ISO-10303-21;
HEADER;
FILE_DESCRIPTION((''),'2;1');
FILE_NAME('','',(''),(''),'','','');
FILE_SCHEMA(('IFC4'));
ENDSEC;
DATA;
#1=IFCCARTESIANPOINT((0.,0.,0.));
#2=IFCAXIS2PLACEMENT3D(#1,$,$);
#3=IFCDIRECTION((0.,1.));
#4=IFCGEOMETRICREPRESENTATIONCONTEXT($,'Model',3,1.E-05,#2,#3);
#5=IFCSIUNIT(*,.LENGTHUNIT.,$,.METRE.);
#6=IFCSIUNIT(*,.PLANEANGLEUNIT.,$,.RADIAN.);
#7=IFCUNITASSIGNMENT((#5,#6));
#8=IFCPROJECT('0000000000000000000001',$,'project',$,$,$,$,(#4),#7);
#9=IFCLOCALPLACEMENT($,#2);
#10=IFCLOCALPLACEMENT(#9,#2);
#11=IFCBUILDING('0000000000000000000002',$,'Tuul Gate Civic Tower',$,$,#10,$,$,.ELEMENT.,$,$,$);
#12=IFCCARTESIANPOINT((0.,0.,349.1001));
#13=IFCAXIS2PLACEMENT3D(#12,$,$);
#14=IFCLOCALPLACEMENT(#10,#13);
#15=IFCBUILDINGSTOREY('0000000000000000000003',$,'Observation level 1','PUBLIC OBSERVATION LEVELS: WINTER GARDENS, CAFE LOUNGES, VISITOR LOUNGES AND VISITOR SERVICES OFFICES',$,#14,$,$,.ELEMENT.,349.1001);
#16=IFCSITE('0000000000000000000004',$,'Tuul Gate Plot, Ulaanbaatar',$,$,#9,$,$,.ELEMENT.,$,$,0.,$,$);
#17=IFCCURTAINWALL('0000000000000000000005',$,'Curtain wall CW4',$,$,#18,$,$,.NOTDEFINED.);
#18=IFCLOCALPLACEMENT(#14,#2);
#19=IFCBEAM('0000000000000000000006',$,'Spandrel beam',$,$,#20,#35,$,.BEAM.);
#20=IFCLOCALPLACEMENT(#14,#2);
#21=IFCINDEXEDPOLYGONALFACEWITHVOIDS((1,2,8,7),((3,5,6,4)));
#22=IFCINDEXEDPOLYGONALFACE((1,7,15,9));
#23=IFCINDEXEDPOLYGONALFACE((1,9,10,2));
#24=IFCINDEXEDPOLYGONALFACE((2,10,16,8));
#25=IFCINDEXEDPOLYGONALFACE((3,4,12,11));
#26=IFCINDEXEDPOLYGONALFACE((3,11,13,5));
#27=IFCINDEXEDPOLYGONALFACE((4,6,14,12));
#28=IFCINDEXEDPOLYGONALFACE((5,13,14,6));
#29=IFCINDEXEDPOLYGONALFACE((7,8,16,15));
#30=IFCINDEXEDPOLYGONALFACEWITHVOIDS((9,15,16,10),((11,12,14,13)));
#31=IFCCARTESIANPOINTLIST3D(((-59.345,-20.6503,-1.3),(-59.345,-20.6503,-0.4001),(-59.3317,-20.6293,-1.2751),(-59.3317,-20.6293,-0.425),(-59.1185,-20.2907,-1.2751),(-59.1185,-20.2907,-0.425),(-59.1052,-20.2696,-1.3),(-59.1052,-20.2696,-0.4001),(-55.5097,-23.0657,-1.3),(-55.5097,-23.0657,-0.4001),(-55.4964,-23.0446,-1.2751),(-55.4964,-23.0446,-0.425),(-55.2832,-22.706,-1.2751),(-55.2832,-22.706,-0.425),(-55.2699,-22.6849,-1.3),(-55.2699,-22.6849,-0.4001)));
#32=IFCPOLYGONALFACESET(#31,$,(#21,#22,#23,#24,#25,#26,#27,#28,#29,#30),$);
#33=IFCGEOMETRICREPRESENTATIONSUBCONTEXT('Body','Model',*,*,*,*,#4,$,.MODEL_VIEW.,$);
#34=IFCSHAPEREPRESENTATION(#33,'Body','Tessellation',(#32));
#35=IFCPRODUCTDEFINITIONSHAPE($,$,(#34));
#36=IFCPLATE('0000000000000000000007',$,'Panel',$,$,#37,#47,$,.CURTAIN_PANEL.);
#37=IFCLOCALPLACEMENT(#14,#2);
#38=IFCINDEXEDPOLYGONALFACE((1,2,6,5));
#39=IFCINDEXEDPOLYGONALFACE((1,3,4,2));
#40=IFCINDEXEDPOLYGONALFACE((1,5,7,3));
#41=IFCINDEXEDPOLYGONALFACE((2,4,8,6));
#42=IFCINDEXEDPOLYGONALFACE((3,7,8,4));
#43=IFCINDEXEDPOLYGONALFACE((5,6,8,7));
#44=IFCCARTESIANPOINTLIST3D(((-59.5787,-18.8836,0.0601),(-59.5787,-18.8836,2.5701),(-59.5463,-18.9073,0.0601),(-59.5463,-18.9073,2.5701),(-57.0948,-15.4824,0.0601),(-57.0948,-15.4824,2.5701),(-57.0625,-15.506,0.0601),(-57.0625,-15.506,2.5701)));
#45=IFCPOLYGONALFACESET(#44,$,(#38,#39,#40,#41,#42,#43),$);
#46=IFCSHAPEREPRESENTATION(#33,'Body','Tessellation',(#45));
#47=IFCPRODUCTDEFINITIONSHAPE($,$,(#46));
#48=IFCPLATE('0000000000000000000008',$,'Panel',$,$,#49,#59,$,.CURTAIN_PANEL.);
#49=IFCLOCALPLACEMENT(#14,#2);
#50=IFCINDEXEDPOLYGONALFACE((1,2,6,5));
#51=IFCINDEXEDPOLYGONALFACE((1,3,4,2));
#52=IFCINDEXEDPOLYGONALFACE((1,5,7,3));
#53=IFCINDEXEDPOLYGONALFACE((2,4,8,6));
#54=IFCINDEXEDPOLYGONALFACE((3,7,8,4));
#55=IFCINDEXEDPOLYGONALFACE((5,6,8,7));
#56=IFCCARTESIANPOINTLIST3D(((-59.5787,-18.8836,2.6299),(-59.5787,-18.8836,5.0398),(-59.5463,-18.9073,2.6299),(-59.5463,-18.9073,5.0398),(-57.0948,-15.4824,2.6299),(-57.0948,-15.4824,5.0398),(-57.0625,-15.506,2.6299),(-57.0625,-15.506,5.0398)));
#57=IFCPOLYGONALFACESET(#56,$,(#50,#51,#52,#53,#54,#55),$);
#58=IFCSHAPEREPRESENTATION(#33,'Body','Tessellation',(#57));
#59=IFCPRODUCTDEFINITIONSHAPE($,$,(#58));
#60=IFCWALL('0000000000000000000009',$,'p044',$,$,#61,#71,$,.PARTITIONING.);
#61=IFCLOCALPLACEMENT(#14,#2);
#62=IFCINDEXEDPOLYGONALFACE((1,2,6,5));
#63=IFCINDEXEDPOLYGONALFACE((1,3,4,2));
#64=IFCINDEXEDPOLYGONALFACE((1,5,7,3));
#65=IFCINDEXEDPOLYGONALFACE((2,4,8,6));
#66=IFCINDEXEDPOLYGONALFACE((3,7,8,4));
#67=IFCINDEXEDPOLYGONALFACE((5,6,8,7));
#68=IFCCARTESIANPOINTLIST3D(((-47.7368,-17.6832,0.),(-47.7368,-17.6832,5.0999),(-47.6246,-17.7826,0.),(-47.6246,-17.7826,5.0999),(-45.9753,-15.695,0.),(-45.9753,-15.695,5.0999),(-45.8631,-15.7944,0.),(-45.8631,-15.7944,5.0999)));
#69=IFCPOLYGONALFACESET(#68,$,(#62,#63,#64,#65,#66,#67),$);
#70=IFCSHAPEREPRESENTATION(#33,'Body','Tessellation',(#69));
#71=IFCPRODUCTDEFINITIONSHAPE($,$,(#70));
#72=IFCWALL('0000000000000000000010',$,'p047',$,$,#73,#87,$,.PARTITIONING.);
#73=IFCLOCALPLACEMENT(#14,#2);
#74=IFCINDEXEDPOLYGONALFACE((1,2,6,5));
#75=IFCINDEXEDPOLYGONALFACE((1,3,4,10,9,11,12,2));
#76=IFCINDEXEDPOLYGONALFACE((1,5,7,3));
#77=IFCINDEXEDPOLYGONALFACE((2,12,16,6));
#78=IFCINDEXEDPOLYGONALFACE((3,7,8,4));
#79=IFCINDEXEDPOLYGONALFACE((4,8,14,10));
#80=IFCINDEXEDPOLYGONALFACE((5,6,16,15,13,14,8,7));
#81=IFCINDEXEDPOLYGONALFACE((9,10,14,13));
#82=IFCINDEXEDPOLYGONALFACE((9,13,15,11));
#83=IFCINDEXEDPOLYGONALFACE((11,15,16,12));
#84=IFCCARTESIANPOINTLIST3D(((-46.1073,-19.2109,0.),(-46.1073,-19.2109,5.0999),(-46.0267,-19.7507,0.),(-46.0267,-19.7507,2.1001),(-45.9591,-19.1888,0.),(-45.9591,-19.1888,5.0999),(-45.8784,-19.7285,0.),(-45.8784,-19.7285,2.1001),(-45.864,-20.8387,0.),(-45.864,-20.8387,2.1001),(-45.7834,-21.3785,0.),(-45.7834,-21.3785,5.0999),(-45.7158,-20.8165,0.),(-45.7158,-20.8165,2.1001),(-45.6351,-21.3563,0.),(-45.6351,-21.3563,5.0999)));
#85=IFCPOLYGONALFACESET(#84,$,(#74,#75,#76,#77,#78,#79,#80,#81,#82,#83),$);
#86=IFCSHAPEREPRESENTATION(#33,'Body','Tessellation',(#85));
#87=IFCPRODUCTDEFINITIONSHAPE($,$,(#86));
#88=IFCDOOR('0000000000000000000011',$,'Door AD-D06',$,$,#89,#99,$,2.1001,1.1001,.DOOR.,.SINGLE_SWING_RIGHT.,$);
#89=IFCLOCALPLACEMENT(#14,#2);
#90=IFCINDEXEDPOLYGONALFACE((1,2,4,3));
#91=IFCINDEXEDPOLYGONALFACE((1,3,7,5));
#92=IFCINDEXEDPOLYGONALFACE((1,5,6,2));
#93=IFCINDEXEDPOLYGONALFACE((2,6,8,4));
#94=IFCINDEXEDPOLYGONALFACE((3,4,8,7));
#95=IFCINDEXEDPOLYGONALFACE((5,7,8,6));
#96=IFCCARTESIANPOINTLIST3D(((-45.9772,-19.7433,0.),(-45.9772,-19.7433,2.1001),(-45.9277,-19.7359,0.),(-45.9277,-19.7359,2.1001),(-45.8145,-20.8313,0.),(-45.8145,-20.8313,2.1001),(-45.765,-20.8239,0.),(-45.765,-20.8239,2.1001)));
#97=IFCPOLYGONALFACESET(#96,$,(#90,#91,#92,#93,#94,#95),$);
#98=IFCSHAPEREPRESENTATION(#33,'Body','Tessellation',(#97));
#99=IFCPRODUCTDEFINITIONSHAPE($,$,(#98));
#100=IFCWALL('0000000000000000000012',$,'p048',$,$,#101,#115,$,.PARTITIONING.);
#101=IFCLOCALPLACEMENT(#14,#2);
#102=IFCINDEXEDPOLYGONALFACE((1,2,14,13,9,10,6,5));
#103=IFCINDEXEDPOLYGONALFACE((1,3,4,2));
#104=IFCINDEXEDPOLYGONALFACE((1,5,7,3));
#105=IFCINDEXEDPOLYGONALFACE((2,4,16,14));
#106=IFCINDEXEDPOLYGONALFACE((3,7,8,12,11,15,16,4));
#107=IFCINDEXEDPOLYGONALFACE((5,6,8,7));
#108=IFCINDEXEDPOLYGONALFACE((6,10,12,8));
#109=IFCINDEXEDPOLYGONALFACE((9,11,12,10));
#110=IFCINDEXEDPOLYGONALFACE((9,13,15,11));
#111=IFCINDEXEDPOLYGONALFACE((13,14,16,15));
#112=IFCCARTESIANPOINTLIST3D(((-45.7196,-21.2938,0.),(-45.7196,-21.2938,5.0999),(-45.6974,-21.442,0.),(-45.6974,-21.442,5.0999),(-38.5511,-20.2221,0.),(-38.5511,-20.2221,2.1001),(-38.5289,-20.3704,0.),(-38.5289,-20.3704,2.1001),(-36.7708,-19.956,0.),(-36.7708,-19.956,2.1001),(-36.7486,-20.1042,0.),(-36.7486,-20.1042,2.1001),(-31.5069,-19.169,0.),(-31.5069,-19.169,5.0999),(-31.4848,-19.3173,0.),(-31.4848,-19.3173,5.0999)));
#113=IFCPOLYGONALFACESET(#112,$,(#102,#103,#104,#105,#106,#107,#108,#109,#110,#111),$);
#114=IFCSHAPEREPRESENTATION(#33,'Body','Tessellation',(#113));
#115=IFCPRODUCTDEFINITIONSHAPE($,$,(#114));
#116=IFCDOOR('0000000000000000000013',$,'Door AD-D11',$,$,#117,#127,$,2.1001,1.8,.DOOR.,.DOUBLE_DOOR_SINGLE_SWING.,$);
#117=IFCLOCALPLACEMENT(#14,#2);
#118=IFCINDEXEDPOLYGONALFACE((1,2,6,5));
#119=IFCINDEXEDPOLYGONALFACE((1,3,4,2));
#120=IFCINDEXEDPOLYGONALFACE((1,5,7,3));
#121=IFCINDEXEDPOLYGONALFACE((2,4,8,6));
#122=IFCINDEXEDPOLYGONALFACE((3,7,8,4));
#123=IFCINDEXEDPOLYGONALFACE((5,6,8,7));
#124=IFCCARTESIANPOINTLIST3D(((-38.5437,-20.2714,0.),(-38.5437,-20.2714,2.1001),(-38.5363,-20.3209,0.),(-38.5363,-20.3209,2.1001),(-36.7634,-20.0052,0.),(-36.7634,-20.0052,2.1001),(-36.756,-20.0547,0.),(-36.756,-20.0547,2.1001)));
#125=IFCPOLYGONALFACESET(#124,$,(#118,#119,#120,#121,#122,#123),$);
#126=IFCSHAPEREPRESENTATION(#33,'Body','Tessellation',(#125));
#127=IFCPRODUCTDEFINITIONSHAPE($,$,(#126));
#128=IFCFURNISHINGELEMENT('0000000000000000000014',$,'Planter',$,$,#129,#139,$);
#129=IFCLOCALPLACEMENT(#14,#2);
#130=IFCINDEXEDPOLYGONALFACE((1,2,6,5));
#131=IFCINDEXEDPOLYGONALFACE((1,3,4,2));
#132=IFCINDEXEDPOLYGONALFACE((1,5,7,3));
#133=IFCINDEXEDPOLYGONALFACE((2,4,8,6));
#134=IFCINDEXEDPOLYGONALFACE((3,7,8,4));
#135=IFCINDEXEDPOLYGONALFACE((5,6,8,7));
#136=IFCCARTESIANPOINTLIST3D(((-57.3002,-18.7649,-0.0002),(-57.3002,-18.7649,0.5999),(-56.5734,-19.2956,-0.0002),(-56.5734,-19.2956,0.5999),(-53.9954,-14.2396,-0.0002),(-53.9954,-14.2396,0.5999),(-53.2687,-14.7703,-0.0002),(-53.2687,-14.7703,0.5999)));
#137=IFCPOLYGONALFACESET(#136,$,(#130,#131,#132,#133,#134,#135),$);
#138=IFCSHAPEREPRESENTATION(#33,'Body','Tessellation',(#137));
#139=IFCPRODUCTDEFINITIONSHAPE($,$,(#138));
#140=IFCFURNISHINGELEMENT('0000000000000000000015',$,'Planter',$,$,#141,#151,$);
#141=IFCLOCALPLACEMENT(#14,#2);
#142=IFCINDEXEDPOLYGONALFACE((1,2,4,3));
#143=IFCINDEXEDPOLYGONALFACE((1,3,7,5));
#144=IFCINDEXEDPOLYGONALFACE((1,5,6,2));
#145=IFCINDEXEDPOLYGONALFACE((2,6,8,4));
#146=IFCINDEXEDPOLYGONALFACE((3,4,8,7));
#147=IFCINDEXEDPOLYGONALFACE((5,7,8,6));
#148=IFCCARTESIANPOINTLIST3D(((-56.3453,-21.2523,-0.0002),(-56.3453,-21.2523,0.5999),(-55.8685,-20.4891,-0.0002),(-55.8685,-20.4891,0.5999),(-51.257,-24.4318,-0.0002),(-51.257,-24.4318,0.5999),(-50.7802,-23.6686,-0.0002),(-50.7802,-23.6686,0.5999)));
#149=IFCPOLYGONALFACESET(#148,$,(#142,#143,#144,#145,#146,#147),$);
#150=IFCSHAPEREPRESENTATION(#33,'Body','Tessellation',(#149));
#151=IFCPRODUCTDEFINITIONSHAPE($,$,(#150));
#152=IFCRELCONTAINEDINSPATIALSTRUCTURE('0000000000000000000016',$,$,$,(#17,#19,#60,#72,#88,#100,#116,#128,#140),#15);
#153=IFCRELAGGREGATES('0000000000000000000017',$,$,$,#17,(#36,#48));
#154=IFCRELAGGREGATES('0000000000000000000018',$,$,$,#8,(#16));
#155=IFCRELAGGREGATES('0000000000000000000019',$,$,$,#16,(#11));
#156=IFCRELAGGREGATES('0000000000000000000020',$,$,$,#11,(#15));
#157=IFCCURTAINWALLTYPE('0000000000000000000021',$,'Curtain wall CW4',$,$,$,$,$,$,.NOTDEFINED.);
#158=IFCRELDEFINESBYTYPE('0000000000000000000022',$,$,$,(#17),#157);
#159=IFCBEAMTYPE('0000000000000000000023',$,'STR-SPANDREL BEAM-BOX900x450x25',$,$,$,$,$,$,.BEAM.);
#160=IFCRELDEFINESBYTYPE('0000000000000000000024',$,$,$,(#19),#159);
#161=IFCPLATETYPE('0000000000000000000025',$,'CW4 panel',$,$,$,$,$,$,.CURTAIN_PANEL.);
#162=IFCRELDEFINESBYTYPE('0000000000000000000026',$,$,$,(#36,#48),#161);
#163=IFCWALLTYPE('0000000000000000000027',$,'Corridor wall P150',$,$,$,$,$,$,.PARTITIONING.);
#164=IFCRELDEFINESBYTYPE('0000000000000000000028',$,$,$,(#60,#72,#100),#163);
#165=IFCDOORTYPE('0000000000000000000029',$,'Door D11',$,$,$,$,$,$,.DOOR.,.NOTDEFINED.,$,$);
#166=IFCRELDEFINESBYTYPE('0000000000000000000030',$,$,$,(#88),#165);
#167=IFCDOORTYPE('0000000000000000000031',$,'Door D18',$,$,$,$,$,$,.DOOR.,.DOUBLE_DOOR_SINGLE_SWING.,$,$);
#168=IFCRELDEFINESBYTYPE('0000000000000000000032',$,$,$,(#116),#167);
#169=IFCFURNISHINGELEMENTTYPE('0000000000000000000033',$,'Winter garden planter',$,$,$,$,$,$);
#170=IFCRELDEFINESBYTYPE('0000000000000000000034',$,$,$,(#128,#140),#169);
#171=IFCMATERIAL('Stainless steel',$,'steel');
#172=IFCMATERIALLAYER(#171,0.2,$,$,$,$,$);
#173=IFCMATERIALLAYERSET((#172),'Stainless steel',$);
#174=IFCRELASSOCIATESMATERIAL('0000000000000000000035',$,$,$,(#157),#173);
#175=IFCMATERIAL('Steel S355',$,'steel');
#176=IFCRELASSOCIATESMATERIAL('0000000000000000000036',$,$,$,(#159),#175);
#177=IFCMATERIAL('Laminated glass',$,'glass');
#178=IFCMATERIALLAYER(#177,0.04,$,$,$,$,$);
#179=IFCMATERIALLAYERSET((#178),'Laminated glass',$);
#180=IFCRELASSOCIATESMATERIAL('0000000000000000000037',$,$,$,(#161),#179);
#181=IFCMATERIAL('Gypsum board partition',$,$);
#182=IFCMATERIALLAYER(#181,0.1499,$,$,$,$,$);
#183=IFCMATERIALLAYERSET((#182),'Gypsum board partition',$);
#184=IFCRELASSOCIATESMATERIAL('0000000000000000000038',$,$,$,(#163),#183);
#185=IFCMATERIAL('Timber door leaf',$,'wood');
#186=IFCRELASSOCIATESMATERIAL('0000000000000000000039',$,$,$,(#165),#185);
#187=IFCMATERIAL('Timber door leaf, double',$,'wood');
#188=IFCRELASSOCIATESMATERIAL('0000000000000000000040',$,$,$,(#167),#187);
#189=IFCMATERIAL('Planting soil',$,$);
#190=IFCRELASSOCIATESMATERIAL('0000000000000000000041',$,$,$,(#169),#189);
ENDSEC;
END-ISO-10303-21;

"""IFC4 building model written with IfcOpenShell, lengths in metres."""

from ifc_helpers import new_model, si_unit, direction, frame, frame_2d, origin, origin_2d, place, context, subcontext, project, spatial, rectangle, hollow_rectangle, extrude, material, layer, layer_set, material_profile, profile_set, type_object, element, fill, aggregate, save


model = new_model("IFC4")

# Units and contexts
model_context = context("Model", 3, precision=1e-05, world=origin(), true_north=direction((0.0, 1.0)))
body_context = subcontext(model_context, "Body", "Model", "MODEL_VIEW")
ifc_project = project(units=[si_unit("LENGTHUNIT", "METRE"), si_unit("PLANEANGLEUNIT", "RADIAN")], contexts=[model_context])

# Site, building, storey
site_placement = place(None, origin())
site = spatial("IfcSite", under=ifc_project, at=site_placement, Name="Tuul Gate Plot, Ulaanbaatar", CompositionType="ELEMENT", RefElevation=0.0)
building_placement = place(site_placement, origin())
building = spatial("IfcBuilding", under=site, at=building_placement, Name="Tuul Gate Civic Tower", CompositionType="ELEMENT")
storey_placement = place(building_placement, frame((0.0, 0.0, 349.1001)))
storey = spatial("IfcBuildingStorey", under=building, at=storey_placement, Name="Observation level 1", Description="PUBLIC OBSERVATION LEVELS: WINTER GARDENS, CAFE LOUNGES, VISITOR LOUNGES AND VISITOR SERVICES OFFICES", CompositionType="ELEMENT", Elevation=349.1001)

# Curtain wall
ifc_material_1 = material(Name="Stainless steel", Category="steel")
ifc_layer_1 = layer(ifc_material_1, 0.2)
ifc_layer_set_1 = layer_set([ifc_layer_1], Name="Stainless steel")
curtain_wall_type = type_object("IfcCurtainWallType", Name="Curtain wall CW4", PredefinedType="NOTDEFINED", material=ifc_layer_set_1)
curtain_wall_1_placement = place(storey_placement, origin())
curtain_wall_1 = element("IfcCurtainWall", 1, at=curtain_wall_1_placement, inside=storey, type_object=curtain_wall_type, Name="Curtain wall CW4", PredefinedType="NOTDEFINED")

# Beam
ifc_material_2 = material(Name="Steel S355", Category="steel")
ifc_material_profile_1 = material_profile(ifc_material_2, hollow_rectangle(XDim=0.45, YDim=0.8999, WallThickness=0.0249, at=origin_2d()), Name="BOX900x450x25")
ifc_profile_set_1 = profile_set([ifc_material_profile_1], Name="Steel S355")
beam_type = type_object("IfcBeamType", Name="STR-SPANDREL BEAM-BOX900x450x25", PredefinedType="BEAM", material=ifc_profile_set_1)
beam_placement = place(storey_placement, frame((-59.2251, -20.46, -0.8501), z_axis=(0.846181, -0.532896, 0.0), x_axis=(0.532896, 0.846181, 0.0)))
element("IfcBeam", 2, at=beam_placement, inside=storey, type_object=beam_type, Name="Spandrel beam", PredefinedType="BEAM", context=body_context, shape_type="SweptSolid", body=[
    extrude(hollow_rectangle(XDim=0.45, YDim=0.8999, WallThickness=0.0249, at=origin_2d()), origin(), (0.0, 0.0, 1.0), 4.5325),
])

# Plates
ifc_material_3 = material(Name="Laminated glass", Category="glass")
ifc_layer_2 = layer(ifc_material_3, 0.04)
ifc_layer_set_2 = layer_set([ifc_layer_2], Name="Laminated glass")
plate_type = type_object("IfcPlateType", Name="CW4 panel", PredefinedType="CURTAIN_PANEL", material=ifc_layer_set_2)
plate_1_placement = place(storey_placement, frame((-58.3206, -17.1948, 0.0601), z_axis=(0.0, 0.0, 1.0), x_axis=(-0.58976, -0.807578, 0.0)))
plate_1 = element("IfcPlate", 3, at=plate_1_placement, type_object=plate_type, Name="Panel", PredefinedType="CURTAIN_PANEL", context=body_context, shape_type="SweptSolid", body=[
    extrude(rectangle(XDim=4.2117, YDim=0.04, at=origin_2d()), origin(), (0.0, 0.0, 1.0), 2.51),
])
plate_2_placement = place(storey_placement, frame((-58.3206, -17.1948, 2.6299), z_axis=(0.0, 0.0, 1.0), x_axis=(-0.58976, -0.807578, 0.0)))
plate_2 = element("IfcPlate", 4, at=plate_2_placement, type_object=plate_type, Name="Panel", PredefinedType="CURTAIN_PANEL", context=body_context, shape_type="SweptSolid", body=[
    extrude(rectangle(XDim=4.2117, YDim=0.04, at=origin_2d()), origin(), (0.0, 0.0, 1.0), 2.4099),
])
aggregate(curtain_wall_1, [plate_1, plate_2])

# Wall
ifc_material_4 = material(Name="Gypsum board partition")
ifc_layer_3 = layer(ifc_material_4, 0.1499)
ifc_layer_set_3 = layer_set([ifc_layer_3], Name="Gypsum board partition")
wall_type = type_object("IfcWallType", Name="Corridor wall P150", PredefinedType="PARTITIONING", material=ifc_layer_set_3)
wall_1_placement = place(storey_placement, frame((-47.6807, -17.7329, 0.0), z_axis=(0.0, 0.0, 1.0), x_axis=(0.663125, 0.748509, 0.0)))
element("IfcWall", 5, at=wall_1_placement, inside=storey, type_object=wall_type, Name="p044", PredefinedType="PARTITIONING", context=body_context, shape_type="SweptSolid", body=[
    extrude(rectangle(XDim=2.6562, YDim=0.1499, at=frame_2d((1.3281, 0.0))), origin(), (0.0, 0.0, 1.0), 5.0999),
])

# Walls, openings, doors
wall_2_placement = place(storey_placement, frame((-46.0332, -19.2, 0.0), z_axis=(0.0, 0.0, 1.0), x_axis=(0.147828, -0.989013, 0.0)))
wall_2 = element("IfcWall", 6, at=wall_2_placement, inside=storey, type_object=wall_type, Name="p047", PredefinedType="PARTITIONING", context=body_context, shape_type="SweptSolid", body=[
    extrude(rectangle(XDim=2.1917, YDim=0.1499, at=frame_2d((1.0957, 0.0))), origin(), (0.0, 0.0, 1.0), 5.0999),
])
opening_1_placement = place(wall_2_placement, frame((0.5457, 0.0, 0.0)))
opening_1 = element("IfcOpeningElement", 7, at=opening_1_placement, cuts=wall_2, PredefinedType="OPENING", context=body_context, shape_type="SweptSolid", body=[
    extrude(rectangle(XDim=1.1001, YDim=2.1001, at=frame_2d((0.55, 1.05))), frame((0.0, 0.085, 0.0), z_axis=(0.0, -1.0, 0.0), x_axis=(1.0, 0.0, 0.0)), (0.0, 0.0, 1.0), 0.1699),
])
ifc_material_5 = material(Name="Timber door leaf", Category="wood")
door_type_1 = type_object("IfcDoorType", Name="Door D11", OperationType="NOTDEFINED", PredefinedType="DOOR", material=ifc_material_5)
door_1_placement = place(opening_1_placement, frame((1.1001, 0.0, 0.0), z_axis=(0.0, 0.0, 1.0), x_axis=(-1.0, 0.0, 0.0)))
door_1 = element("IfcDoor", 8, at=door_1_placement, inside=storey, type_object=door_type_1, Name="Door AD-D06", OperationType="SINGLE_SWING_RIGHT", OverallHeight=2.1001, OverallWidth=1.1001, PredefinedType="DOOR", context=body_context, shape_type="SweptSolid", body=[
    extrude(rectangle(XDim=1.1001, YDim=2.1001, at=frame_2d((0.55, 1.05))), frame((0.0, 0.0249, 0.0), z_axis=(0.0, -1.0, 0.0), x_axis=(1.0, 0.0, 0.0)), (0.0, 0.0, 1.0), 0.05),
])
fill(opening_1, door_1)
wall_3_placement = place(storey_placement, frame((-45.7085, -21.3679, 0.0), z_axis=(0.0, 0.0, 1.0), x_axis=(0.989009, 0.147854, 0.0)))
wall_3 = element("IfcWall", 9, at=wall_3_placement, inside=storey, type_object=wall_type, Name="p048", PredefinedType="PARTITIONING", context=body_context, shape_type="SweptSolid", body=[
    extrude(rectangle(XDim=14.3706, YDim=0.1499, at=frame_2d((7.1853, 0.0))), origin(), (0.0, 0.0, 1.0), 5.0999),
])
opening_2_placement = place(wall_3_placement, frame((7.2483, 0.0, 0.0)))
opening_2 = element("IfcOpeningElement", 10, at=opening_2_placement, cuts=wall_3, PredefinedType="OPENING", context=body_context, shape_type="SweptSolid", body=[
    extrude(rectangle(XDim=1.8, YDim=2.1001, at=frame_2d((0.8999, 1.05))), frame((0.0, 0.085, 0.0), z_axis=(0.0, -1.0, 0.0), x_axis=(1.0, 0.0, 0.0)), (0.0, 0.0, 1.0), 0.1699),
])
ifc_material_6 = material(Name="Timber door leaf, double", Category="wood")
door_type_2 = type_object("IfcDoorType", Name="Door D18", OperationType="DOUBLE_DOOR_SINGLE_SWING", PredefinedType="DOOR", material=ifc_material_6)
door_2_placement = place(opening_2_placement, frame((1.8, 0.0, 0.0), z_axis=(0.0, 0.0, 1.0), x_axis=(-1.0, 0.0, 0.0)))
door_2 = element("IfcDoor", 11, at=door_2_placement, inside=storey, type_object=door_type_2, Name="Door AD-D11", OperationType="DOUBLE_DOOR_SINGLE_SWING", OverallHeight=2.1001, OverallWidth=1.8, PredefinedType="DOOR", context=body_context, shape_type="SweptSolid", body=[
    extrude(rectangle(XDim=1.8, YDim=2.1001, at=frame_2d((0.9001, 1.05))), frame((0.0, 0.0249, 0.0), z_axis=(0.0, -1.0, 0.0), x_axis=(1.0, 0.0, 0.0)), (0.0, 0.0, 1.0), 0.05),
])
fill(opening_2, door_2)

# Furnishing elements
ifc_material_7 = material(Name="Planting soil")
furnishing_element_type = type_object("IfcFurnishingElementType", Name="Winter garden planter", material=ifc_material_7)
furnishing_1_placement = place(storey_placement, frame((-55.2844, -16.7676, -0.0002), z_axis=(0.0, 0.0, 1.0), x_axis=(-0.58976, -0.807578, 0.0)))
element("IfcFurnishingElement", 12, at=furnishing_1_placement, inside=storey, type_object=furnishing_element_type, Name="Planter", context=body_context, shape_type="SweptSolid", body=[
    extrude(rectangle(XDim=5.6035, YDim=0.8999, at=origin_2d()), origin(), (0.0, 0.0, 1.0), 0.6001),
])
furnishing_2_placement = place(storey_placement, frame((-53.5627, -22.4604, -0.0002), z_axis=(0.0, 0.0, 1.0), x_axis=(0.848053, -0.529912, 0.0)))
element("IfcFurnishingElement", 13, at=furnishing_2_placement, inside=storey, type_object=furnishing_element_type, Name="Planter", context=body_context, shape_type="SweptSolid", body=[
    extrude(rectangle(XDim=6.0, YDim=0.8999, at=origin_2d()), origin(), (0.0, 0.0, 1.0), 0.6001),
])

save(model, "model.ifc")
